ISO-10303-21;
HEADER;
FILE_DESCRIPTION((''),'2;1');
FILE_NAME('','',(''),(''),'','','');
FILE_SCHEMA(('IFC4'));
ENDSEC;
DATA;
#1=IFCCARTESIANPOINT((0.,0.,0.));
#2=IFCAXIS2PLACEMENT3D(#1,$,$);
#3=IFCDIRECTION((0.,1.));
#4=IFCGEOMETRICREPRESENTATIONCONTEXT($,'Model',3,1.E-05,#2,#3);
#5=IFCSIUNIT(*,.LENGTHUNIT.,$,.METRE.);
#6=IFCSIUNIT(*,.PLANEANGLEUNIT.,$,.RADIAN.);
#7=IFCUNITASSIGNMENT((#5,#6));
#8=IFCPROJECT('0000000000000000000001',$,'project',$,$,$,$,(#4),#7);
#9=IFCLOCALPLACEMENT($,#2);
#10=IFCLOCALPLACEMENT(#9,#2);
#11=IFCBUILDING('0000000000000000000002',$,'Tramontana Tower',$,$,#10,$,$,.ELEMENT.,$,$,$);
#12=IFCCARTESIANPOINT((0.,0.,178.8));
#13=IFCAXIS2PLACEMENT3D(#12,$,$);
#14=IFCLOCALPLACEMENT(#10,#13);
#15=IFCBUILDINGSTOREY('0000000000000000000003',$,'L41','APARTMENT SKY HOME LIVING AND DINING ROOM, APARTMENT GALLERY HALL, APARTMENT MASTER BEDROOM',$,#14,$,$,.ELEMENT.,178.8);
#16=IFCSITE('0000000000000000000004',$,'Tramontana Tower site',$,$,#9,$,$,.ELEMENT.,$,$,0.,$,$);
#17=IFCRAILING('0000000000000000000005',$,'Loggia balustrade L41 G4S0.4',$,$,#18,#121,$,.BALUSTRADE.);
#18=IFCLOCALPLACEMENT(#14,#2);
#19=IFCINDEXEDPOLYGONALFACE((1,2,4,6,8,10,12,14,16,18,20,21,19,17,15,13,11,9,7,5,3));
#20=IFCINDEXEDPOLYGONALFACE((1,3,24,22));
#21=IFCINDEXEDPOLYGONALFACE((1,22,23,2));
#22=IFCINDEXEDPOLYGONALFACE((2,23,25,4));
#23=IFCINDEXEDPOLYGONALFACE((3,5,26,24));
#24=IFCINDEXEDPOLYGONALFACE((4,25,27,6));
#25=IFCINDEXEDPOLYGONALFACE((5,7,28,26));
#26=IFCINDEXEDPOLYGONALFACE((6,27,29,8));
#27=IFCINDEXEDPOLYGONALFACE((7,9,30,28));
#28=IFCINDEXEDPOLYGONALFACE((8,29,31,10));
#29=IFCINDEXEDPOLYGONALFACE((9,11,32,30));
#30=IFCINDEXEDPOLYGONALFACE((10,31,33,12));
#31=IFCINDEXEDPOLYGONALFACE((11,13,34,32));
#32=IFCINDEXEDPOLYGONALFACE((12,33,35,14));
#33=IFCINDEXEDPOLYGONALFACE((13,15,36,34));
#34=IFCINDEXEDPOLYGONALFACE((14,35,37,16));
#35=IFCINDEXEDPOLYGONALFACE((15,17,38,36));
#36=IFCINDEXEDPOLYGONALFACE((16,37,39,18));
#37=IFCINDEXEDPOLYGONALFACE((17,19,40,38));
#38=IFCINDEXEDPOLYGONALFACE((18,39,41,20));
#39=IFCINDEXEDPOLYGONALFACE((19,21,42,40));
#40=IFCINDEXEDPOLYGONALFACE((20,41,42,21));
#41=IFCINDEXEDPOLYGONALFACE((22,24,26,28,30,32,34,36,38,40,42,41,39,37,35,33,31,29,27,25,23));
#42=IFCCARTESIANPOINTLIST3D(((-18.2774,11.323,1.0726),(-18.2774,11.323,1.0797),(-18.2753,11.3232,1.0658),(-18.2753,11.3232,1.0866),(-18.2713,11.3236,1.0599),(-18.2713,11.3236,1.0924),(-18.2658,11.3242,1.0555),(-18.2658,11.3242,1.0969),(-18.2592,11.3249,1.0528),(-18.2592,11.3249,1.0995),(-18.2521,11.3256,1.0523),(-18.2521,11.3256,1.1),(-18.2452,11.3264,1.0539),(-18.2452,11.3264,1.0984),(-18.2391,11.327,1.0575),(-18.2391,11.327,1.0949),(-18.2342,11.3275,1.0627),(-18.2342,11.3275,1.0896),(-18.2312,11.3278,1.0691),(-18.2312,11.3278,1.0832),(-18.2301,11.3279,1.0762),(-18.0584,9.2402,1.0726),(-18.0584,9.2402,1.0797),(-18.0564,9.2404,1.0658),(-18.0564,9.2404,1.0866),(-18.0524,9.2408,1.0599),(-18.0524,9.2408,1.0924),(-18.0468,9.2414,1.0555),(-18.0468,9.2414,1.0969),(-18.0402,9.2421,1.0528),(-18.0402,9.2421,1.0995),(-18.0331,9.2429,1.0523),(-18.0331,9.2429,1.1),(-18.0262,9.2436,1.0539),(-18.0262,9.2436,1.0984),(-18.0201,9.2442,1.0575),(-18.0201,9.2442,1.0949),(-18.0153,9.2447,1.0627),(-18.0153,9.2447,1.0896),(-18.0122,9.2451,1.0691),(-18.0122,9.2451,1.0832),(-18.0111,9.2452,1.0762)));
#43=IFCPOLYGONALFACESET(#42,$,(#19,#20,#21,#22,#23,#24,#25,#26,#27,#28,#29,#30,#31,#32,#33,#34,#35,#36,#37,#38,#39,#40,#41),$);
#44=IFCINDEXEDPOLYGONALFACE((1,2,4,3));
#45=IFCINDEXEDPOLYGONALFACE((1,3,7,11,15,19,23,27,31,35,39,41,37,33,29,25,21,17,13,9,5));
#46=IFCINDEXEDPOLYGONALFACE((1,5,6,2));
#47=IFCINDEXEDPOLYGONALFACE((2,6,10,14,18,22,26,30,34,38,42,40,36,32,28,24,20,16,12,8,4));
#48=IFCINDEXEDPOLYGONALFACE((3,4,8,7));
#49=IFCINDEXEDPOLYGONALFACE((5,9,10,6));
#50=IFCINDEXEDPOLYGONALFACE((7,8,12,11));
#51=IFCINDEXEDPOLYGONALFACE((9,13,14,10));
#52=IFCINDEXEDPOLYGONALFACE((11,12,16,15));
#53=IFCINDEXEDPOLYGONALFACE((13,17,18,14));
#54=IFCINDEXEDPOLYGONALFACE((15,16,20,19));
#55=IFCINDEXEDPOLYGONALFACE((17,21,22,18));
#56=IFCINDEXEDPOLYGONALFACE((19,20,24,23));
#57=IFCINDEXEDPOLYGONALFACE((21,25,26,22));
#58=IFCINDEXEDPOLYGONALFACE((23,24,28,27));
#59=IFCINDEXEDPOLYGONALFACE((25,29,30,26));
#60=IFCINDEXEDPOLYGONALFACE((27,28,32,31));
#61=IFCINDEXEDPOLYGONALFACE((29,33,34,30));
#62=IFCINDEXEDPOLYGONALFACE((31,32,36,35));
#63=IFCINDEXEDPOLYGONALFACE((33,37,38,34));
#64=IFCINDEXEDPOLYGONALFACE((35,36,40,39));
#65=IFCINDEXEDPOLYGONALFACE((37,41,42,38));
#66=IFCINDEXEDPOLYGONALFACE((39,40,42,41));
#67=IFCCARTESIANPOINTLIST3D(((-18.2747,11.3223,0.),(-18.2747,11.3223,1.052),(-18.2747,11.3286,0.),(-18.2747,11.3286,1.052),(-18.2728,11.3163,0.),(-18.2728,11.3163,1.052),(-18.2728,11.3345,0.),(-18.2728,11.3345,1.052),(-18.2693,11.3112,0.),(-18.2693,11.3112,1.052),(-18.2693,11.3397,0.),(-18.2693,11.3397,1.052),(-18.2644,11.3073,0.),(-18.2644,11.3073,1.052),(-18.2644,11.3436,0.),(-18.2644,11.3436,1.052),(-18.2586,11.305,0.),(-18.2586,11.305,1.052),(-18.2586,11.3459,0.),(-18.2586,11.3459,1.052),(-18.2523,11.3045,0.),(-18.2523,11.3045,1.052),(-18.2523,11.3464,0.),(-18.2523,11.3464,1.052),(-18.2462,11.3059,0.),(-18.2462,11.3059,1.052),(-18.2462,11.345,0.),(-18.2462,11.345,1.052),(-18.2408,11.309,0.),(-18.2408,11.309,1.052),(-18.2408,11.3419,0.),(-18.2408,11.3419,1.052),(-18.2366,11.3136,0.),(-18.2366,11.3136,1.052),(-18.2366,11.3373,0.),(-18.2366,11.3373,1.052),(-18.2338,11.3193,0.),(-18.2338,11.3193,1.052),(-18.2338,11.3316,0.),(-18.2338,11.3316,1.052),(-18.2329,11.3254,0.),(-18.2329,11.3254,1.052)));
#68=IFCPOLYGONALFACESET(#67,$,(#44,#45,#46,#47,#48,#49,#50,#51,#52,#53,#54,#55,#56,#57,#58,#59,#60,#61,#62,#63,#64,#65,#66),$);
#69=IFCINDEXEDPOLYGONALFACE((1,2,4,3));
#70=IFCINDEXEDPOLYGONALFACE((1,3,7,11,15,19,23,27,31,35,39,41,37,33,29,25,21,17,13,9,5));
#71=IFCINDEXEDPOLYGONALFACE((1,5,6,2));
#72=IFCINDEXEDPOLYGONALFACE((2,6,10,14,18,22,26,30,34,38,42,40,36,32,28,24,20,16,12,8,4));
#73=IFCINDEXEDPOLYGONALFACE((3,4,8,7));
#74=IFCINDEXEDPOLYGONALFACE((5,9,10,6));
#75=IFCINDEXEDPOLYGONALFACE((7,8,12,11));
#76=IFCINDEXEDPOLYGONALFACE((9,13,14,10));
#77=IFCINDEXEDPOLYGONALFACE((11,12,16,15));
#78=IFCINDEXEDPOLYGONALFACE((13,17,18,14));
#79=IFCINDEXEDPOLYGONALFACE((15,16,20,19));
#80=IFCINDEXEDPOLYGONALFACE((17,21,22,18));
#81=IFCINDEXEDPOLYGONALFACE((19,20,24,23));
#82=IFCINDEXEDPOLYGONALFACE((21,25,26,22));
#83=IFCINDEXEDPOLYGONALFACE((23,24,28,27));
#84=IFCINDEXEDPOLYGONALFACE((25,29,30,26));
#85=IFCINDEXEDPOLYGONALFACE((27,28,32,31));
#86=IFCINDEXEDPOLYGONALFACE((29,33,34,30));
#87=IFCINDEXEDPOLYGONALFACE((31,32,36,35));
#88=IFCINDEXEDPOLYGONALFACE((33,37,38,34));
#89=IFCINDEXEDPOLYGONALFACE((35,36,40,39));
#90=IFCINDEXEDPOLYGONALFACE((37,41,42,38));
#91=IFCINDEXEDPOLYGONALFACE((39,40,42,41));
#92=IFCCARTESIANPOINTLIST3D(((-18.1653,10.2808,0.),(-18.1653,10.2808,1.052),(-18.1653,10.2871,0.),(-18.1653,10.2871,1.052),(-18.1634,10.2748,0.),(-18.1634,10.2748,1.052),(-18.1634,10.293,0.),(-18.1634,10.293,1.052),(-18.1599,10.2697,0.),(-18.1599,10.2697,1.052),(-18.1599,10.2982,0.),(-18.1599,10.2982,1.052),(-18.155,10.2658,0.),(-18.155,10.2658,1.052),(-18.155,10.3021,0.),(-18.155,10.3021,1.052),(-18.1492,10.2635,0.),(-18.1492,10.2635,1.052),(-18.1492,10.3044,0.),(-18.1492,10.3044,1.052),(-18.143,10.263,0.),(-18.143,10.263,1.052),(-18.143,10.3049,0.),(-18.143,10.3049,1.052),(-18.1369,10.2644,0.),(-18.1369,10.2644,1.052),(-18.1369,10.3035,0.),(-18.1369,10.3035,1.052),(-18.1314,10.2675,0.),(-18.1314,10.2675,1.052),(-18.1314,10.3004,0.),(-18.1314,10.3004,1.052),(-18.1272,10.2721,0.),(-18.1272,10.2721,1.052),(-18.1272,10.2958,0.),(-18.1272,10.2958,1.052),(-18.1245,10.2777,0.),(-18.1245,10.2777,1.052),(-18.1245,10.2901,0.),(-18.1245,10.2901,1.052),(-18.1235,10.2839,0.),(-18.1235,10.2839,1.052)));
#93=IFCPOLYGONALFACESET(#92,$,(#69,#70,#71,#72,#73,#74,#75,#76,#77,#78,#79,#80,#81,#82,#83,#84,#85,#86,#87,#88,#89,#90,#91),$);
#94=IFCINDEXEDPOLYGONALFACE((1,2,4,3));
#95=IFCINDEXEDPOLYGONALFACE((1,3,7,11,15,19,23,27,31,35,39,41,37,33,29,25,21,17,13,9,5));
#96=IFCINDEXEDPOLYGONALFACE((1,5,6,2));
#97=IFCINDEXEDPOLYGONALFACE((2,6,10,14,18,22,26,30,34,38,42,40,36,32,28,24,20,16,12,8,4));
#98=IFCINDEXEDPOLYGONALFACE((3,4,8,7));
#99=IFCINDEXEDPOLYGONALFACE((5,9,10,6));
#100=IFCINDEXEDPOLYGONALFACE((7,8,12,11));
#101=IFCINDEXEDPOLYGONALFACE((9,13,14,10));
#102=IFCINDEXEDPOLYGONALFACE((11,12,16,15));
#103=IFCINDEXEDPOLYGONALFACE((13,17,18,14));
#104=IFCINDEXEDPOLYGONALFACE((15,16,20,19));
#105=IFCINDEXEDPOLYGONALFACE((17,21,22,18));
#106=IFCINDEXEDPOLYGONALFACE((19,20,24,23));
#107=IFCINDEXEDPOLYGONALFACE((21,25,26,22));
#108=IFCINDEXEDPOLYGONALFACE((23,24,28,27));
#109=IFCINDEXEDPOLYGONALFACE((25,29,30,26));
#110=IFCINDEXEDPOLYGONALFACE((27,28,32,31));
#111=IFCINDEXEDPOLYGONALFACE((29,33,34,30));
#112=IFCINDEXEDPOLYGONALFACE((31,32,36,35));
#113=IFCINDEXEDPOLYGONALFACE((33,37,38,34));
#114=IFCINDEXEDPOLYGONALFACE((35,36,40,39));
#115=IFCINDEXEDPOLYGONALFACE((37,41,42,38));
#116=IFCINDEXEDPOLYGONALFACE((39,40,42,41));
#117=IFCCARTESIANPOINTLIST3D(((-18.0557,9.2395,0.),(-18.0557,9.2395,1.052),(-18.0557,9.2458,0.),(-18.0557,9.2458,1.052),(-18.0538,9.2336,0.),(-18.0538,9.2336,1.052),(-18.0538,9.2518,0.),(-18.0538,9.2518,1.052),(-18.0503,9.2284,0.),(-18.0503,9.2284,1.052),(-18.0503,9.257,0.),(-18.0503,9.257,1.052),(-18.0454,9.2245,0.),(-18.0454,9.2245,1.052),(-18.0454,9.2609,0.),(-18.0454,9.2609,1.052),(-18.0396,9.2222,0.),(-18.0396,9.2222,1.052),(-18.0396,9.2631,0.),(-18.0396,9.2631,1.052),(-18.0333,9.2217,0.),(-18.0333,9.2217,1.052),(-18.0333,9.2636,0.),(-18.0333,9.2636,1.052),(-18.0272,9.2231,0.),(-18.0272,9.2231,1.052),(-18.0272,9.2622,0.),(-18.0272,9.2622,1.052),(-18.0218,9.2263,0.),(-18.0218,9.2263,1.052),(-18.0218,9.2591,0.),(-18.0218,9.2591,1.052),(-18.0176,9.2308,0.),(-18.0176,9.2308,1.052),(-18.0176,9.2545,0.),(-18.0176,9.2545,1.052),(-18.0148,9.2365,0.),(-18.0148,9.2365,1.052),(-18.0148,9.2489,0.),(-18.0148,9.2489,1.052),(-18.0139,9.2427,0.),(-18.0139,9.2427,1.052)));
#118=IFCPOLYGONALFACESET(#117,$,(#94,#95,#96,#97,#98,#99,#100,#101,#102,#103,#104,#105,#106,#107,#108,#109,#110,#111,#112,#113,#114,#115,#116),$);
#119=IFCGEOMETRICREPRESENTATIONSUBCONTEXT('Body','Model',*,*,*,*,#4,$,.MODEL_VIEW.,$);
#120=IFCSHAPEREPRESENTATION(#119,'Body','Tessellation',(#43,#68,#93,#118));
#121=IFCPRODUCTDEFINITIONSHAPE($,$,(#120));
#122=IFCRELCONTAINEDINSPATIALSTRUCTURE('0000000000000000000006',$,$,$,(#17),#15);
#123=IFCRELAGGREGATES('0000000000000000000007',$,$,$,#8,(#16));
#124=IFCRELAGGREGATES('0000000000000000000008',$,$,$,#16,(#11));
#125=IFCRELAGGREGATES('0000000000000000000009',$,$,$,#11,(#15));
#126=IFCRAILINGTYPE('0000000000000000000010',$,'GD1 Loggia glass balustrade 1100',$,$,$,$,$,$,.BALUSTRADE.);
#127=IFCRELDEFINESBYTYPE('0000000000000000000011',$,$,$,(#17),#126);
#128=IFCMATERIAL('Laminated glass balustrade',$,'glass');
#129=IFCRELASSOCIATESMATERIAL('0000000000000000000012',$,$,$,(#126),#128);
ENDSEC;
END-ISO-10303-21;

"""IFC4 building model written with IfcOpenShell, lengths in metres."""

from ifc_helpers import new_model, si_unit, direction, frame, origin, origin_2d, place, context, subcontext, project, spatial, circle, extrude, material, type_object, element, save


model = new_model("IFC4")

# Units and contexts
model_context = context("Model", 3, precision=1e-05, world=origin(), true_north=direction((0.0, 1.0)))
body_context = subcontext(model_context, "Body", "Model", "MODEL_VIEW")
ifc_project = project(units=[si_unit("LENGTHUNIT", "METRE"), si_unit("PLANEANGLEUNIT", "RADIAN")], contexts=[model_context])

# Site, building, storey
site_placement = place(None, origin())
site = spatial("IfcSite", under=ifc_project, at=site_placement, Name="Tramontana Tower site", CompositionType="ELEMENT", RefElevation=0.0)
building_placement = place(site_placement, origin())
building = spatial("IfcBuilding", under=site, at=building_placement, Name="Tramontana Tower", CompositionType="ELEMENT")
storey_placement = place(building_placement, frame((0.0, 0.0, 178.8)))
storey = spatial("IfcBuildingStorey", under=building, at=storey_placement, Name="L41", Description="APARTMENT SKY HOME LIVING AND DINING ROOM, APARTMENT GALLERY HALL, APARTMENT MASTER BEDROOM", CompositionType="ELEMENT", Elevation=178.8)

# Railing
ifc_material_1 = material(Name="Laminated glass balustrade", Category="glass")
railing_type = type_object("IfcRailingType", Name="GD1 Loggia glass balustrade 1100", PredefinedType="BALUSTRADE", material=ifc_material_1)
railing_1_placement = place(storey_placement, frame((-18.2539, 11.3254, 0.0)))
element("IfcRailing", 1, at=railing_1_placement, inside=storey, type_object=railing_type, Name="Loggia balustrade L41 G4S0.4", PredefinedType="BALUSTRADE", context=body_context, shape_type="SweptSolid", body=[
    extrude(circle(Radius=0.0239, at=origin_2d()), frame((0.0, 0.0, 1.0762), z_axis=(0.104569, -0.994518, 0.0), x_axis=(0.994518, 0.104569, 0.0)), (0.0, 0.0, 1.0), 2.0942),
    extrude(circle(Radius=0.021, at=origin_2d()), origin(), (0.0, 0.0, 1.0), 1.052),
    extrude(circle(Radius=0.021, at=origin_2d()), frame((0.1094, -1.0415, 0.0)), (0.0, 0.0, 1.0), 1.052),
    extrude(circle(Radius=0.021, at=origin_2d()), frame((0.219, -2.0828, 0.0)), (0.0, 0.0, 1.0), 1.052),
])

save(model, "model.ifc")
